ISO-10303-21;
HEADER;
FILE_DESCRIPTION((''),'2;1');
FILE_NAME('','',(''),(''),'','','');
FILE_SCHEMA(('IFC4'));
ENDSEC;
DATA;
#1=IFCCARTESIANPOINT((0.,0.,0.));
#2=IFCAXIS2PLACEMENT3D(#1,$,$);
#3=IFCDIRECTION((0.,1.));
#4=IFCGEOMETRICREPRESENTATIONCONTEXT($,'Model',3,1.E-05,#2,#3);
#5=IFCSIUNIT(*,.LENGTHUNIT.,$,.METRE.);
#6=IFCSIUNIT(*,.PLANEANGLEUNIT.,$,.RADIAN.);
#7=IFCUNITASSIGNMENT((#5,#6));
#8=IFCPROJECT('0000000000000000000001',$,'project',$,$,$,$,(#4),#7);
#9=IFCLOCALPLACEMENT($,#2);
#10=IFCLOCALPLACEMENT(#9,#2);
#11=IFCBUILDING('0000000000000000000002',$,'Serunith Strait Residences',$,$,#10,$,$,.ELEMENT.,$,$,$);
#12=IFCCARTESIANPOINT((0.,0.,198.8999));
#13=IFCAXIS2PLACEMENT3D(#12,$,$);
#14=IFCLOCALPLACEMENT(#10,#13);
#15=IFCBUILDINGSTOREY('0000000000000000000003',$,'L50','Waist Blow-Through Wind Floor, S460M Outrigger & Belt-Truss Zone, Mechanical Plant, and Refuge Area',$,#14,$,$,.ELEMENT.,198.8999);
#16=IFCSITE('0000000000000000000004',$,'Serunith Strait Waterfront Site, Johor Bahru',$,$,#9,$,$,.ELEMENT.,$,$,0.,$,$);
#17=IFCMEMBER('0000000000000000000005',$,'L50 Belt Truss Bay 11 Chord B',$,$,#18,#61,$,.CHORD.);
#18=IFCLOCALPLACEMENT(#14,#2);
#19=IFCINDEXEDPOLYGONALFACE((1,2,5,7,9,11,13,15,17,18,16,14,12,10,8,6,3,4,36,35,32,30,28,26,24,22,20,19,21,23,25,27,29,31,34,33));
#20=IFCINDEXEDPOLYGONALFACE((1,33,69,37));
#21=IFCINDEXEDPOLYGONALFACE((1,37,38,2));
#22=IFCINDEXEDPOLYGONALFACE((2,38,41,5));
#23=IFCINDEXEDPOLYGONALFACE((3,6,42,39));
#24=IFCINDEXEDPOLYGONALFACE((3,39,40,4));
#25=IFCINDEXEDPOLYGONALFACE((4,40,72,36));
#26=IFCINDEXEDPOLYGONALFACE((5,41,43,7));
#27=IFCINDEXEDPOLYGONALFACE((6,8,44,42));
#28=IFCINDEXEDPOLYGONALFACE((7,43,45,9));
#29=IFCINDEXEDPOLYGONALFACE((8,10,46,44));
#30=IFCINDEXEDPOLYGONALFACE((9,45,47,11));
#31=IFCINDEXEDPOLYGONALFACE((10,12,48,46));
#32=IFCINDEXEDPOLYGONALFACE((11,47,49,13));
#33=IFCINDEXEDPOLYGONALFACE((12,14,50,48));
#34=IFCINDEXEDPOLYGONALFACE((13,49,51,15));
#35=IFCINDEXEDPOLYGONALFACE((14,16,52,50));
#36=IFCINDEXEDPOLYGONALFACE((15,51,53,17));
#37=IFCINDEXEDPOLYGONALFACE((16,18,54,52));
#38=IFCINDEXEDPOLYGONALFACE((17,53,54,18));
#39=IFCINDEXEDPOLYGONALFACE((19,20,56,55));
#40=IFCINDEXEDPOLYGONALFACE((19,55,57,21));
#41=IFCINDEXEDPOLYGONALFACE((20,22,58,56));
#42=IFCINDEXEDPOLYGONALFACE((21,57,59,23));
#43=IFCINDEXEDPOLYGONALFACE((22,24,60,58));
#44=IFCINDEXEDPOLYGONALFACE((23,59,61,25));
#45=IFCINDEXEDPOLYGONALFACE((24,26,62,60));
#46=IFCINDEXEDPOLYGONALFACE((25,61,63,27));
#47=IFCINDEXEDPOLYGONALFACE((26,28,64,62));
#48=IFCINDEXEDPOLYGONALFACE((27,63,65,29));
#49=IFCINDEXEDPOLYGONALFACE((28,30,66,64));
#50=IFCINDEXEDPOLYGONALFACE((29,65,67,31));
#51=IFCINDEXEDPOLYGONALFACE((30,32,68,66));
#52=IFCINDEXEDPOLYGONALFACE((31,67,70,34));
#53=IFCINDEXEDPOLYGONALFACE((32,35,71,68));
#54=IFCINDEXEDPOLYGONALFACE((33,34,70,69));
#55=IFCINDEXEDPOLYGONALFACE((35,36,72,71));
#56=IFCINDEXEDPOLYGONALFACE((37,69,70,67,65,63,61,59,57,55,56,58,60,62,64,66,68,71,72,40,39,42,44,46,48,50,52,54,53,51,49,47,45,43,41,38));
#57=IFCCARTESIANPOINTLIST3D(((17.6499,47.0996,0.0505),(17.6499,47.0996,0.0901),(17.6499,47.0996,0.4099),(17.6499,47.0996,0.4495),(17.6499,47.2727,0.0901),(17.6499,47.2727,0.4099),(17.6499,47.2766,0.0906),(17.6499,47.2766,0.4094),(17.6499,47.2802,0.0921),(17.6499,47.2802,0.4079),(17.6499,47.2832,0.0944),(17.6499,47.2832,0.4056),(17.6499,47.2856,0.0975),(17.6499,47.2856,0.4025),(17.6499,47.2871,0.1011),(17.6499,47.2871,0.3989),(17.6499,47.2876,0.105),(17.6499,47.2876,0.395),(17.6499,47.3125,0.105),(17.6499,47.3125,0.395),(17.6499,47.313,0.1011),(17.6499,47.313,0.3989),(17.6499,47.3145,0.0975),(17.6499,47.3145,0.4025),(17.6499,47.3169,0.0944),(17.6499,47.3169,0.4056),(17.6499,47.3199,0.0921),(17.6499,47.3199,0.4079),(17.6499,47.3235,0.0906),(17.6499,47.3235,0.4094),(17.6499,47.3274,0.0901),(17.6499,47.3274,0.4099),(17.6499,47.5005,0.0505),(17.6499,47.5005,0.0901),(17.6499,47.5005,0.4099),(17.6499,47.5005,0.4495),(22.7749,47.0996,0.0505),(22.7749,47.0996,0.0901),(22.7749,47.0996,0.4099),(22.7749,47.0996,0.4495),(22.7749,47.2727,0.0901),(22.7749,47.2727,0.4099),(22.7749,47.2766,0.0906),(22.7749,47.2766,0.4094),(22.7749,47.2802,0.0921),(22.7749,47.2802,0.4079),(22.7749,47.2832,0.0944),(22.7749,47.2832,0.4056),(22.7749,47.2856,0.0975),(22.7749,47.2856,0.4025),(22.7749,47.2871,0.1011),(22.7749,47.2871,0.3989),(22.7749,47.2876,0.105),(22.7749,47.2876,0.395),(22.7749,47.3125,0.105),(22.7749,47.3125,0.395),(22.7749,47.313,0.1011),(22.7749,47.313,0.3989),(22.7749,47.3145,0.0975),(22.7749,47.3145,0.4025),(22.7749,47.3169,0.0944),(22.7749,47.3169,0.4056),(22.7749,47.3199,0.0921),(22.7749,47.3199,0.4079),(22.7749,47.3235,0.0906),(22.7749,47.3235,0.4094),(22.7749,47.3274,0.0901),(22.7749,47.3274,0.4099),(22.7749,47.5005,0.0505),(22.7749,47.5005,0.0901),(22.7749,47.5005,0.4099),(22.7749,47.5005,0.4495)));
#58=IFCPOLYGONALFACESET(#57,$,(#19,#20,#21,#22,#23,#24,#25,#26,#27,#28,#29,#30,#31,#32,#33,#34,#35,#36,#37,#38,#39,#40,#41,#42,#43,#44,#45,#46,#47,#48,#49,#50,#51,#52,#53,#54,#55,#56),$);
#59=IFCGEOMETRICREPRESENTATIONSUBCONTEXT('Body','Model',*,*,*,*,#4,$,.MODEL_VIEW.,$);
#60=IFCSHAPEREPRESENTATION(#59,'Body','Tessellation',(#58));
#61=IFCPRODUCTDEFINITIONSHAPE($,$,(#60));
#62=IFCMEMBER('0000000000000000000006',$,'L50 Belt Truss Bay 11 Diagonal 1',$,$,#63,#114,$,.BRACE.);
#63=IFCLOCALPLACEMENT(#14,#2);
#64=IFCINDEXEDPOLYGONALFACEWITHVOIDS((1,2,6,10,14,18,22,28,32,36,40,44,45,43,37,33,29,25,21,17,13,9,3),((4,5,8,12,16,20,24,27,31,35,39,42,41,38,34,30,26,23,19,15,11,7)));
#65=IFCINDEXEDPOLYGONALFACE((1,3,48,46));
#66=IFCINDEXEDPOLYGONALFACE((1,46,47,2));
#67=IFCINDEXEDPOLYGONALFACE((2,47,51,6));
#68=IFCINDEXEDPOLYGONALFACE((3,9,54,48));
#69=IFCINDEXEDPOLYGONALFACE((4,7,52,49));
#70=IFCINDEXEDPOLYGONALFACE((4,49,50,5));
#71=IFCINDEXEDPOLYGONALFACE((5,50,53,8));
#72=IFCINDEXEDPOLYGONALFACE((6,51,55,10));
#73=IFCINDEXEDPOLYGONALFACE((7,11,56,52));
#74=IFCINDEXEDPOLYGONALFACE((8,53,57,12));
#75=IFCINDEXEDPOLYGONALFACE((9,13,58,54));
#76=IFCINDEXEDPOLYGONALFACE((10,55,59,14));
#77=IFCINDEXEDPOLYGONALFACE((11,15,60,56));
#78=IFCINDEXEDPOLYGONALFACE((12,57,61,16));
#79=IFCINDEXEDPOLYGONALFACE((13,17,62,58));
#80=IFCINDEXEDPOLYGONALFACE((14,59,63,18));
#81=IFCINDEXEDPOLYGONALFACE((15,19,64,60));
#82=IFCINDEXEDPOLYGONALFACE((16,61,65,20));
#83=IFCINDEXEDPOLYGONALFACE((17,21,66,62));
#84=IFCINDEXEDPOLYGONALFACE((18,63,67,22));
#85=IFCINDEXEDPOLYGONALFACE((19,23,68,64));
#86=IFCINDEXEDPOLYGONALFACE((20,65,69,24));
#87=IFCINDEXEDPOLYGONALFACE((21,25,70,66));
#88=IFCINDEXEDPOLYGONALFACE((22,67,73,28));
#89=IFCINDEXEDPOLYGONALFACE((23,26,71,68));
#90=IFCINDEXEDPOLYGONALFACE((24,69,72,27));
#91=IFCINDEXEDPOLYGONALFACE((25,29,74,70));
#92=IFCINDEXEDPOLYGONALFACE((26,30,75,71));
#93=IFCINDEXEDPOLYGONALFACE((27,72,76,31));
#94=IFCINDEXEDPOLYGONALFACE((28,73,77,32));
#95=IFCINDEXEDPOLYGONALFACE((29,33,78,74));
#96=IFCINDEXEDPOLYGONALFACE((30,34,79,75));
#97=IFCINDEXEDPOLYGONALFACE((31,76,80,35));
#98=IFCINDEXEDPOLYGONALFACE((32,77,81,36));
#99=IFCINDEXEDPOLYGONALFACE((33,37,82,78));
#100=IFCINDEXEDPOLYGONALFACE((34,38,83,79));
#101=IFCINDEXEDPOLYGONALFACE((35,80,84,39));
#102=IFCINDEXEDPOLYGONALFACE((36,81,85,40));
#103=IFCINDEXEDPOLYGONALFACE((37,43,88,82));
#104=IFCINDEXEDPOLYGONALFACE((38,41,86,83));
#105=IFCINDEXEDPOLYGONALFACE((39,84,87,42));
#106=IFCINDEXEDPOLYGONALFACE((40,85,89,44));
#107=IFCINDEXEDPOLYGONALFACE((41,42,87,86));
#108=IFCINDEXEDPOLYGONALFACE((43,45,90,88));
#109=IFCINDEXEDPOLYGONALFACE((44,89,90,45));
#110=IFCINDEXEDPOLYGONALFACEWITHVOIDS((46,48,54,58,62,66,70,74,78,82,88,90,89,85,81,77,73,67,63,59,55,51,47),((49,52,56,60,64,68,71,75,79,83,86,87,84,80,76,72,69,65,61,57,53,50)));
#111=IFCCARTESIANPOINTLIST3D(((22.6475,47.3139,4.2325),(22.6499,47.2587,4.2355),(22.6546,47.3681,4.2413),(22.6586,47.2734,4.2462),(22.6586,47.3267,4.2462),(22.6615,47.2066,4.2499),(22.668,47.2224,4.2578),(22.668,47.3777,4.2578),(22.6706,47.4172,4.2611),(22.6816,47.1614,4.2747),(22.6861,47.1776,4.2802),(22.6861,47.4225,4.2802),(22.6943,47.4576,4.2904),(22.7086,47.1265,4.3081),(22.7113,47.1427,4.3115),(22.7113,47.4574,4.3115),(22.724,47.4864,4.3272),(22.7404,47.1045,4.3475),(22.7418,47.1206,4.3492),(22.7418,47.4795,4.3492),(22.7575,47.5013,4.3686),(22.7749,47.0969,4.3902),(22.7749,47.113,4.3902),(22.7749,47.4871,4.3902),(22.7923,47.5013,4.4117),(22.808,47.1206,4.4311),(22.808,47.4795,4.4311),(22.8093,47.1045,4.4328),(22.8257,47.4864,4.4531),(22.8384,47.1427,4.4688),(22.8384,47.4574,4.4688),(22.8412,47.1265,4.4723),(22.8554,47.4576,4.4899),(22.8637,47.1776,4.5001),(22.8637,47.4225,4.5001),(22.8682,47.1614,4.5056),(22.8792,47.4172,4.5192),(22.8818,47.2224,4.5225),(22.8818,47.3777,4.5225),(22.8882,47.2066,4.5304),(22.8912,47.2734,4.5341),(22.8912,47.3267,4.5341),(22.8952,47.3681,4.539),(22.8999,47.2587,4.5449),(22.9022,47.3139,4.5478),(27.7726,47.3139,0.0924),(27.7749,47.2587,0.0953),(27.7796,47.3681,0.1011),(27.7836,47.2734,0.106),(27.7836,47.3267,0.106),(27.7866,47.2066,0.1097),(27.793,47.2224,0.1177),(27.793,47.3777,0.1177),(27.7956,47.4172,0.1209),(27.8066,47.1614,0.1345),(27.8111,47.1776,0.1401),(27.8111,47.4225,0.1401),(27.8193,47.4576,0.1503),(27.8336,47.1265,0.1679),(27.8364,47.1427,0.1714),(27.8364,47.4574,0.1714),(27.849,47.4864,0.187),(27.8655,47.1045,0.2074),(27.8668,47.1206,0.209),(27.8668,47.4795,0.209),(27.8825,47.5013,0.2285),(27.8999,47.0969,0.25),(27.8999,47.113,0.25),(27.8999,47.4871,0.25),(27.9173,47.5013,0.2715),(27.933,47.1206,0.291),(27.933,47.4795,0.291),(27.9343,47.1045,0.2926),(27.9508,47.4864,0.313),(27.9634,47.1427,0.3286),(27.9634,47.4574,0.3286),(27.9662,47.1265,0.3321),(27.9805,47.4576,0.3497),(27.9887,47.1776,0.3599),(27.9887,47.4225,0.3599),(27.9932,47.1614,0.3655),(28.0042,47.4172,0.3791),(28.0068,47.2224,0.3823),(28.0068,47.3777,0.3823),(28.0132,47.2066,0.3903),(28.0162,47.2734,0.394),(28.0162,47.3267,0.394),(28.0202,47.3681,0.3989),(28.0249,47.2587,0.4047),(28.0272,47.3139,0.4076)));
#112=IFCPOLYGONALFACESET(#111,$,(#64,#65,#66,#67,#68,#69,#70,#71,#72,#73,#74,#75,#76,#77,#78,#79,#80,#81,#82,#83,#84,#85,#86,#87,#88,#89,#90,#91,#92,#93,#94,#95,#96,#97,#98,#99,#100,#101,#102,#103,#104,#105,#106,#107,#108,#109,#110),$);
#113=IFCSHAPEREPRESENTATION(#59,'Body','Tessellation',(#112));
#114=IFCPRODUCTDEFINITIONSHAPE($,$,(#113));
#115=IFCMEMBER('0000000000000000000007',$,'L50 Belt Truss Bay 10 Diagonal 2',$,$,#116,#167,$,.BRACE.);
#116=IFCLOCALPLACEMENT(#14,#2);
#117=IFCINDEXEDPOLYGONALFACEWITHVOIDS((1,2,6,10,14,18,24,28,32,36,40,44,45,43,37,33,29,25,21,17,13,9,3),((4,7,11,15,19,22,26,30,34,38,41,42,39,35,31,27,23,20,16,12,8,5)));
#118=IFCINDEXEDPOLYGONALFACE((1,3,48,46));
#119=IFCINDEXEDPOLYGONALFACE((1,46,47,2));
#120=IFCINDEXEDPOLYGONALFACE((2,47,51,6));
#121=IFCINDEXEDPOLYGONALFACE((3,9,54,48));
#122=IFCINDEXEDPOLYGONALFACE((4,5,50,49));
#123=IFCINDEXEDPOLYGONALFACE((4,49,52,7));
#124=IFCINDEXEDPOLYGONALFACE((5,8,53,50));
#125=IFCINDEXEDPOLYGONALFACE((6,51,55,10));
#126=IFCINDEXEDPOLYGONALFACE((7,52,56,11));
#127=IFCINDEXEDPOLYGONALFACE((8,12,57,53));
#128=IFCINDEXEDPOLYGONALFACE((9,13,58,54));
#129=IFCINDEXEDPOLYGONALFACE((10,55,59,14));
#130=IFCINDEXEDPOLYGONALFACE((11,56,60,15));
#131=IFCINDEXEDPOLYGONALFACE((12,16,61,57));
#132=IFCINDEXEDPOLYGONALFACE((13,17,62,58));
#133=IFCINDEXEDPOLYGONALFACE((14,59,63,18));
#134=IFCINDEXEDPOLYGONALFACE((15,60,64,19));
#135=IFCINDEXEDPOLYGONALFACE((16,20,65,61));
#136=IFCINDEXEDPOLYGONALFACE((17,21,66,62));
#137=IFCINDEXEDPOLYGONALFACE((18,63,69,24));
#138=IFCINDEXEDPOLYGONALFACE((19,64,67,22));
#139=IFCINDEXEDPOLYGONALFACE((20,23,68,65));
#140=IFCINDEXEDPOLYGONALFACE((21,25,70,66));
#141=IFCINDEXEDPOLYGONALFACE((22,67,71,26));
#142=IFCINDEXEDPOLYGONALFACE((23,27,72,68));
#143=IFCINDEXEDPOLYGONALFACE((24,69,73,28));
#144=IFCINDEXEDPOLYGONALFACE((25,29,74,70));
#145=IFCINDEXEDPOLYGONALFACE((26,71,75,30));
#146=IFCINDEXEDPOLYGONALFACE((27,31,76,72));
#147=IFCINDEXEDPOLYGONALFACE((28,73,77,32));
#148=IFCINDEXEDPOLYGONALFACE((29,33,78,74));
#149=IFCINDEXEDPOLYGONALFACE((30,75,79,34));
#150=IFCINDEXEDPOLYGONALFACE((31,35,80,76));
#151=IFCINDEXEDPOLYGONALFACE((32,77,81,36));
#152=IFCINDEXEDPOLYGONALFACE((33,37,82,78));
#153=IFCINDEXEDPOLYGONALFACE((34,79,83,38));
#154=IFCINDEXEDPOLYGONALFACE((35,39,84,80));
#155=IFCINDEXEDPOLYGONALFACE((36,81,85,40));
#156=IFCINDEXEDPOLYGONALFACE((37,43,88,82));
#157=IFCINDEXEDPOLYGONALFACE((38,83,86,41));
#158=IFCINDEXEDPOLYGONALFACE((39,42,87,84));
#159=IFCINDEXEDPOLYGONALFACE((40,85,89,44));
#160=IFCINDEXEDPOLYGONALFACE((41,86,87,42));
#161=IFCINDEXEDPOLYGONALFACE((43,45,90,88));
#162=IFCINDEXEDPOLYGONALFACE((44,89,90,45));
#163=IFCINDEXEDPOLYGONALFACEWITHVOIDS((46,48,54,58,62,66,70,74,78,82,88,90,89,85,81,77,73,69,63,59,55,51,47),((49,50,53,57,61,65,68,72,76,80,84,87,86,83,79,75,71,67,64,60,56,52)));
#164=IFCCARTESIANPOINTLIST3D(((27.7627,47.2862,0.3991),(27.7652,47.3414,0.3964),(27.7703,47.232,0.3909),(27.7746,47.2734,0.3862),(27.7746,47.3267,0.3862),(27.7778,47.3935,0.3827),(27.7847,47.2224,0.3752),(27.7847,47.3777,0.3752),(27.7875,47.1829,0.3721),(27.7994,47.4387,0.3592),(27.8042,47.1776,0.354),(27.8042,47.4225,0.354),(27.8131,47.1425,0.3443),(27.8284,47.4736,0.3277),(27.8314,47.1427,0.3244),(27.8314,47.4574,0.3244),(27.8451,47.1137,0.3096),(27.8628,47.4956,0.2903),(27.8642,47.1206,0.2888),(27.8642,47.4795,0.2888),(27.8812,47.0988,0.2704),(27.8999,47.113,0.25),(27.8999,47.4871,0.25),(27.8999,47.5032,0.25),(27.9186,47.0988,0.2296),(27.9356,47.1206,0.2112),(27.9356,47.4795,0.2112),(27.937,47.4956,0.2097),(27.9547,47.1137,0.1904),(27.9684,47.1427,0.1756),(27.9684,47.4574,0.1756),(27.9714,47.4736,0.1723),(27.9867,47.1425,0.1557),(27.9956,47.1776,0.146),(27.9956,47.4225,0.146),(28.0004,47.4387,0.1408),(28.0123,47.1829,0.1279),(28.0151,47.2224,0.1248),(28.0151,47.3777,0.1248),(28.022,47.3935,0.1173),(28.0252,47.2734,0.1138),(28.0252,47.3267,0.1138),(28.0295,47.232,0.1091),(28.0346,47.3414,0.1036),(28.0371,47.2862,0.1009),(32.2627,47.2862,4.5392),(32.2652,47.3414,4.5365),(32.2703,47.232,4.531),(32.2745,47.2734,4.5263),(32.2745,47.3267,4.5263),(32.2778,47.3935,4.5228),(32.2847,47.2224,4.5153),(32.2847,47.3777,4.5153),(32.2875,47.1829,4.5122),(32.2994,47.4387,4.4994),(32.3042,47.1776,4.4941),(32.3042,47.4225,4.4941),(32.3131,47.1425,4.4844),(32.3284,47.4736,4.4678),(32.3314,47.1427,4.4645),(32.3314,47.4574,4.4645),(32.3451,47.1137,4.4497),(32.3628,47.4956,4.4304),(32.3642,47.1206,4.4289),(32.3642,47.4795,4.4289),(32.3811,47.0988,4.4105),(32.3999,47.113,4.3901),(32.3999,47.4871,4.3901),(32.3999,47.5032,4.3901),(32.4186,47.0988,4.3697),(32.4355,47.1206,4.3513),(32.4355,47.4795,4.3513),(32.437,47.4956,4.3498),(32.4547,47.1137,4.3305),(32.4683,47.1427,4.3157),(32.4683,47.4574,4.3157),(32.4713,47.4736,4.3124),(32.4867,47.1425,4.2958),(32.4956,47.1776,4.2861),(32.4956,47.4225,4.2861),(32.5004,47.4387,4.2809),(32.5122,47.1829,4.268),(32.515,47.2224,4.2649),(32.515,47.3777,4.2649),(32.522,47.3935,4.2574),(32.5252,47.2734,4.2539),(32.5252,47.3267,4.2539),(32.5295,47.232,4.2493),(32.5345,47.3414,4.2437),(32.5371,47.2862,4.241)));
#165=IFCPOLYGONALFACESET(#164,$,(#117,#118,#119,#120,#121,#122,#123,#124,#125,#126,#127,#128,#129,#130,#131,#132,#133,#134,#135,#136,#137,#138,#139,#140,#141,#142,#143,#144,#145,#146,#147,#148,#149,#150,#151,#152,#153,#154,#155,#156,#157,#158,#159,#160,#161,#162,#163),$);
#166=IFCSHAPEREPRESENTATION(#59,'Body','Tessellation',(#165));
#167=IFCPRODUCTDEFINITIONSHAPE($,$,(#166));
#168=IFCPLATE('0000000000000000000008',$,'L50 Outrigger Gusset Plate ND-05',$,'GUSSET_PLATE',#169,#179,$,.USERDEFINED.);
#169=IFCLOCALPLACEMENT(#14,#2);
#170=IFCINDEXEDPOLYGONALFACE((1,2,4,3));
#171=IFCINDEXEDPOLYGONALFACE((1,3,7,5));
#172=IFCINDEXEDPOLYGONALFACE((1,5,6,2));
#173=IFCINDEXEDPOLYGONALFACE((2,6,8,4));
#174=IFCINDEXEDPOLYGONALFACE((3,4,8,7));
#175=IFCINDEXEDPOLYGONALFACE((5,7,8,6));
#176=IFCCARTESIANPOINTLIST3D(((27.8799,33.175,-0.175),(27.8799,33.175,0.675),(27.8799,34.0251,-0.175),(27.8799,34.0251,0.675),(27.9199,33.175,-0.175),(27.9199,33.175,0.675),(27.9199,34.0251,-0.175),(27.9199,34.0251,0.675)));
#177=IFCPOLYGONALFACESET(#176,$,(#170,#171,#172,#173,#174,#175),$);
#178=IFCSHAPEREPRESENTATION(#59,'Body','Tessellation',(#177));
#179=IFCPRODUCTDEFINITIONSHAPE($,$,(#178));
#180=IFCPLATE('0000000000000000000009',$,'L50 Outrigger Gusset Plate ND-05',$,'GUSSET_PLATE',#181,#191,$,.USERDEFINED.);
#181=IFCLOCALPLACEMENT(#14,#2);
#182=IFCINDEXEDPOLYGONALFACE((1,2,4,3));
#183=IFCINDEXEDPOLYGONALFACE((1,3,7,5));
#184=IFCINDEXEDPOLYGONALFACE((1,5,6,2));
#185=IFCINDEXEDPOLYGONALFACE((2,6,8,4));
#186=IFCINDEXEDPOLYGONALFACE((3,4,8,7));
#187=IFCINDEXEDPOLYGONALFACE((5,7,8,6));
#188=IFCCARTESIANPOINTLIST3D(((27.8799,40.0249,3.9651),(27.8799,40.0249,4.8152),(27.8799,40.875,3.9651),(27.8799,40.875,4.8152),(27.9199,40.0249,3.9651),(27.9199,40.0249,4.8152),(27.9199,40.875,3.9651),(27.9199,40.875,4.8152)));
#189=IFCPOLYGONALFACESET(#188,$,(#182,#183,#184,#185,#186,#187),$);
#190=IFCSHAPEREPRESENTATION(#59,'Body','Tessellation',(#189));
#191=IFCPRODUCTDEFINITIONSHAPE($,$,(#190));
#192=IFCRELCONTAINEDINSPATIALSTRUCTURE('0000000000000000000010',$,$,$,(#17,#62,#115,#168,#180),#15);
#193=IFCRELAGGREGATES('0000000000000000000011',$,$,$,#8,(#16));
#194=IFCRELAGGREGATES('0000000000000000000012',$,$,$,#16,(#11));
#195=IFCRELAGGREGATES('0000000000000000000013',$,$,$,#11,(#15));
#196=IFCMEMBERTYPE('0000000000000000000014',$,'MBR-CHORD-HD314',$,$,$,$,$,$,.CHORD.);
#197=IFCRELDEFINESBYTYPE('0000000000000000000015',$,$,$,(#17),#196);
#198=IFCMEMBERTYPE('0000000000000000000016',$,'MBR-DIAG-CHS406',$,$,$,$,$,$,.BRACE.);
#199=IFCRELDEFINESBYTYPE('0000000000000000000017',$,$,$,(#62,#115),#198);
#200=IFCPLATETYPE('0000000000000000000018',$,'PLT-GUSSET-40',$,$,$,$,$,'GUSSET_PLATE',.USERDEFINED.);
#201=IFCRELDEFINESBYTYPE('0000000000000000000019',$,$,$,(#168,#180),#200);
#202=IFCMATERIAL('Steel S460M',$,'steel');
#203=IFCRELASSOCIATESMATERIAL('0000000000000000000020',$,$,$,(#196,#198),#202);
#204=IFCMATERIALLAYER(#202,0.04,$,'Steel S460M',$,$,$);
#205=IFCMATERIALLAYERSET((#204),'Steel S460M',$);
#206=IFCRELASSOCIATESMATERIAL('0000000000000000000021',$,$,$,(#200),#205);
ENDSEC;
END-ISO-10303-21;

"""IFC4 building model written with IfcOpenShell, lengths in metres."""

from ifc_helpers import new_model, si_unit, direction, frame, origin, origin_2d, place, context, subcontext, project, spatial, rectangle, hollow_circle, i_section, extrude, source, transform, mapped, material, layer, layer_set, material_profile, profile_set, type_object, element, save


model = new_model("IFC4")

# Units and contexts
model_context = context("Model", 3, precision=1e-05, world=origin(), true_north=direction((0.0, 1.0)))
body_context = subcontext(model_context, "Body", "Model", "MODEL_VIEW")
ifc_project = project(units=[si_unit("LENGTHUNIT", "METRE"), si_unit("PLANEANGLEUNIT", "RADIAN")], contexts=[model_context])

# Site, building, storey
site_placement = place(None, origin())
site = spatial("IfcSite", under=ifc_project, at=site_placement, Name="Serunith Strait Waterfront Site, Johor Bahru", CompositionType="ELEMENT", RefElevation=0.0)
building_placement = place(site_placement, origin())
building = spatial("IfcBuilding", under=site, at=building_placement, Name="Serunith Strait Residences", CompositionType="ELEMENT")
storey_placement = place(building_placement, frame((0.0, 0.0, 198.8999)))
storey = spatial("IfcBuildingStorey", under=building, at=storey_placement, Name="L50", Description="Waist Blow-Through Wind Floor, S460M Outrigger & Belt-Truss Zone, Mechanical Plant, and Refuge Area", CompositionType="ELEMENT", Elevation=198.8999)

# Members
ifc_material_1 = material(Name="Steel S460M", Category="steel")
ifc_material_profile_1 = material_profile(ifc_material_1, i_section(OverallWidth=0.4009, OverallDepth=0.3989, WebThickness=0.0249, FlangeThickness=0.0396, FilletRadius=0.0149, at=origin_2d()), Name="HD 400x314")
ifc_profile_set_1 = profile_set([ifc_material_profile_1], Name="Steel S460M")
member_type_1 = type_object("IfcMemberType", Name="MBR-CHORD-HD314", PredefinedType="CHORD", material=ifc_profile_set_1)
shared_shape_1 = source(origin(), body_context, "Body", "SweptSolid", [
    extrude(i_section(OverallWidth=0.4009, OverallDepth=0.3989, WebThickness=0.0249, FlangeThickness=0.0396, FilletRadius=0.0149, at=origin_2d()), origin(), (0.0, 0.0, 1.0), 5.125),
])
for number, where, z_axis, x_axis, name in (
    (1, (22.7749, 47.3, 0.25), (-1.0, 0.0, 0.0), (0.0, -1.0, 0.0), "L50 Belt Truss Bay 11 Chord B"),
):
    element("IfcMember", number, at=place(storey_placement, frame(where, z_axis=z_axis, x_axis=x_axis)), inside=storey, type_object=member_type_1, Name=name, PredefinedType="CHORD", context=body_context, shape_type="MappedRepresentation", body=[
        mapped(shared_shape_1, transform((0.0, 0.0, 0.0), scale=1.0)),
    ])
ifc_material_profile_2 = material_profile(ifc_material_1, hollow_circle(Radius=0.2031, WallThickness=0.0161, at=origin_2d()), Name="CHS 406.4x16")
ifc_profile_set_2 = profile_set([ifc_material_profile_2], Name="Steel S460M")
member_type_2 = type_object("IfcMemberType", Name="MBR-DIAG-CHS406", PredefinedType="BRACE", material=ifc_profile_set_2)
shared_shape_2 = source(origin(), body_context, "Body", "SweptSolid", [
    extrude(hollow_circle(Radius=0.2031, WallThickness=0.0161, at=origin_2d()), origin(), (0.0, 0.0, 1.0), 6.5884),
])
member_1_placement = place(storey_placement, frame((27.8999, 47.3, 0.25), z_axis=(-0.777888, 0.0, 0.628403), x_axis=(0.0, -1.0, 0.0)))
element("IfcMember", 2, at=member_1_placement, inside=storey, type_object=member_type_2, Name="L50 Belt Truss Bay 11 Diagonal 1", PredefinedType="BRACE", context=body_context, shape_type="MappedRepresentation", body=[
    mapped(shared_shape_2, transform((0.0, 0.0, 0.0), scale=1.0)),
])
shared_shape_3 = source(origin(), body_context, "Body", "SweptSolid", [
    extrude(hollow_circle(Radius=0.2031, WallThickness=0.0161, at=origin_2d()), origin(), (0.0, 0.0, 1.0), 6.1147),
])
member_2_placement = place(storey_placement, frame((27.8999, 47.3, 0.25), z_axis=(0.73592, 0.0, 0.677069), x_axis=(0.0, 1.0, 0.0)))
element("IfcMember", 3, at=member_2_placement, inside=storey, type_object=member_type_2, Name="L50 Belt Truss Bay 10 Diagonal 2", PredefinedType="BRACE", context=body_context, shape_type="MappedRepresentation", body=[
    mapped(shared_shape_3, transform((0.0, 0.0, 0.0), scale=1.0)),
])

# Plates
ifc_layer_1 = layer(ifc_material_1, 0.04, Name="Steel S460M")
ifc_layer_set_1 = layer_set([ifc_layer_1], Name="Steel S460M")
plate_type_1 = type_object("IfcPlateType", Name="PLT-GUSSET-40", ElementType="GUSSET_PLATE", PredefinedType="USERDEFINED", material=ifc_layer_set_1)
shared_shape_4 = source(origin(), body_context, "Body", "SweptSolid", [
    extrude(rectangle(XDim=0.8501, YDim=0.04, at=origin_2d()), origin(), (0.0, 0.0, 1.0), 0.8501),
])
for number, where, z_axis, x_axis, name in (
    (4, (27.8999, 33.6001, -0.175), (0.0, 0.0, 1.0), (0.0, 1.0, 0.0), "L50 Outrigger Gusset Plate ND-05"),
    (5, (27.8999, 40.45, 3.9651), (0.0, 0.0, 1.0), (0.0, 1.0, 0.0), "L50 Outrigger Gusset Plate ND-05"),
):
    element("IfcPlate", number, at=place(storey_placement, frame(where, z_axis=z_axis, x_axis=x_axis)), inside=storey, type_object=plate_type_1, Name=name, ObjectType="GUSSET_PLATE", PredefinedType="USERDEFINED", context=body_context, shape_type="MappedRepresentation", body=[
        mapped(shared_shape_4, transform((0.0, 0.0, 0.0), scale=1.0)),
    ])

save(model, "model.ifc")
